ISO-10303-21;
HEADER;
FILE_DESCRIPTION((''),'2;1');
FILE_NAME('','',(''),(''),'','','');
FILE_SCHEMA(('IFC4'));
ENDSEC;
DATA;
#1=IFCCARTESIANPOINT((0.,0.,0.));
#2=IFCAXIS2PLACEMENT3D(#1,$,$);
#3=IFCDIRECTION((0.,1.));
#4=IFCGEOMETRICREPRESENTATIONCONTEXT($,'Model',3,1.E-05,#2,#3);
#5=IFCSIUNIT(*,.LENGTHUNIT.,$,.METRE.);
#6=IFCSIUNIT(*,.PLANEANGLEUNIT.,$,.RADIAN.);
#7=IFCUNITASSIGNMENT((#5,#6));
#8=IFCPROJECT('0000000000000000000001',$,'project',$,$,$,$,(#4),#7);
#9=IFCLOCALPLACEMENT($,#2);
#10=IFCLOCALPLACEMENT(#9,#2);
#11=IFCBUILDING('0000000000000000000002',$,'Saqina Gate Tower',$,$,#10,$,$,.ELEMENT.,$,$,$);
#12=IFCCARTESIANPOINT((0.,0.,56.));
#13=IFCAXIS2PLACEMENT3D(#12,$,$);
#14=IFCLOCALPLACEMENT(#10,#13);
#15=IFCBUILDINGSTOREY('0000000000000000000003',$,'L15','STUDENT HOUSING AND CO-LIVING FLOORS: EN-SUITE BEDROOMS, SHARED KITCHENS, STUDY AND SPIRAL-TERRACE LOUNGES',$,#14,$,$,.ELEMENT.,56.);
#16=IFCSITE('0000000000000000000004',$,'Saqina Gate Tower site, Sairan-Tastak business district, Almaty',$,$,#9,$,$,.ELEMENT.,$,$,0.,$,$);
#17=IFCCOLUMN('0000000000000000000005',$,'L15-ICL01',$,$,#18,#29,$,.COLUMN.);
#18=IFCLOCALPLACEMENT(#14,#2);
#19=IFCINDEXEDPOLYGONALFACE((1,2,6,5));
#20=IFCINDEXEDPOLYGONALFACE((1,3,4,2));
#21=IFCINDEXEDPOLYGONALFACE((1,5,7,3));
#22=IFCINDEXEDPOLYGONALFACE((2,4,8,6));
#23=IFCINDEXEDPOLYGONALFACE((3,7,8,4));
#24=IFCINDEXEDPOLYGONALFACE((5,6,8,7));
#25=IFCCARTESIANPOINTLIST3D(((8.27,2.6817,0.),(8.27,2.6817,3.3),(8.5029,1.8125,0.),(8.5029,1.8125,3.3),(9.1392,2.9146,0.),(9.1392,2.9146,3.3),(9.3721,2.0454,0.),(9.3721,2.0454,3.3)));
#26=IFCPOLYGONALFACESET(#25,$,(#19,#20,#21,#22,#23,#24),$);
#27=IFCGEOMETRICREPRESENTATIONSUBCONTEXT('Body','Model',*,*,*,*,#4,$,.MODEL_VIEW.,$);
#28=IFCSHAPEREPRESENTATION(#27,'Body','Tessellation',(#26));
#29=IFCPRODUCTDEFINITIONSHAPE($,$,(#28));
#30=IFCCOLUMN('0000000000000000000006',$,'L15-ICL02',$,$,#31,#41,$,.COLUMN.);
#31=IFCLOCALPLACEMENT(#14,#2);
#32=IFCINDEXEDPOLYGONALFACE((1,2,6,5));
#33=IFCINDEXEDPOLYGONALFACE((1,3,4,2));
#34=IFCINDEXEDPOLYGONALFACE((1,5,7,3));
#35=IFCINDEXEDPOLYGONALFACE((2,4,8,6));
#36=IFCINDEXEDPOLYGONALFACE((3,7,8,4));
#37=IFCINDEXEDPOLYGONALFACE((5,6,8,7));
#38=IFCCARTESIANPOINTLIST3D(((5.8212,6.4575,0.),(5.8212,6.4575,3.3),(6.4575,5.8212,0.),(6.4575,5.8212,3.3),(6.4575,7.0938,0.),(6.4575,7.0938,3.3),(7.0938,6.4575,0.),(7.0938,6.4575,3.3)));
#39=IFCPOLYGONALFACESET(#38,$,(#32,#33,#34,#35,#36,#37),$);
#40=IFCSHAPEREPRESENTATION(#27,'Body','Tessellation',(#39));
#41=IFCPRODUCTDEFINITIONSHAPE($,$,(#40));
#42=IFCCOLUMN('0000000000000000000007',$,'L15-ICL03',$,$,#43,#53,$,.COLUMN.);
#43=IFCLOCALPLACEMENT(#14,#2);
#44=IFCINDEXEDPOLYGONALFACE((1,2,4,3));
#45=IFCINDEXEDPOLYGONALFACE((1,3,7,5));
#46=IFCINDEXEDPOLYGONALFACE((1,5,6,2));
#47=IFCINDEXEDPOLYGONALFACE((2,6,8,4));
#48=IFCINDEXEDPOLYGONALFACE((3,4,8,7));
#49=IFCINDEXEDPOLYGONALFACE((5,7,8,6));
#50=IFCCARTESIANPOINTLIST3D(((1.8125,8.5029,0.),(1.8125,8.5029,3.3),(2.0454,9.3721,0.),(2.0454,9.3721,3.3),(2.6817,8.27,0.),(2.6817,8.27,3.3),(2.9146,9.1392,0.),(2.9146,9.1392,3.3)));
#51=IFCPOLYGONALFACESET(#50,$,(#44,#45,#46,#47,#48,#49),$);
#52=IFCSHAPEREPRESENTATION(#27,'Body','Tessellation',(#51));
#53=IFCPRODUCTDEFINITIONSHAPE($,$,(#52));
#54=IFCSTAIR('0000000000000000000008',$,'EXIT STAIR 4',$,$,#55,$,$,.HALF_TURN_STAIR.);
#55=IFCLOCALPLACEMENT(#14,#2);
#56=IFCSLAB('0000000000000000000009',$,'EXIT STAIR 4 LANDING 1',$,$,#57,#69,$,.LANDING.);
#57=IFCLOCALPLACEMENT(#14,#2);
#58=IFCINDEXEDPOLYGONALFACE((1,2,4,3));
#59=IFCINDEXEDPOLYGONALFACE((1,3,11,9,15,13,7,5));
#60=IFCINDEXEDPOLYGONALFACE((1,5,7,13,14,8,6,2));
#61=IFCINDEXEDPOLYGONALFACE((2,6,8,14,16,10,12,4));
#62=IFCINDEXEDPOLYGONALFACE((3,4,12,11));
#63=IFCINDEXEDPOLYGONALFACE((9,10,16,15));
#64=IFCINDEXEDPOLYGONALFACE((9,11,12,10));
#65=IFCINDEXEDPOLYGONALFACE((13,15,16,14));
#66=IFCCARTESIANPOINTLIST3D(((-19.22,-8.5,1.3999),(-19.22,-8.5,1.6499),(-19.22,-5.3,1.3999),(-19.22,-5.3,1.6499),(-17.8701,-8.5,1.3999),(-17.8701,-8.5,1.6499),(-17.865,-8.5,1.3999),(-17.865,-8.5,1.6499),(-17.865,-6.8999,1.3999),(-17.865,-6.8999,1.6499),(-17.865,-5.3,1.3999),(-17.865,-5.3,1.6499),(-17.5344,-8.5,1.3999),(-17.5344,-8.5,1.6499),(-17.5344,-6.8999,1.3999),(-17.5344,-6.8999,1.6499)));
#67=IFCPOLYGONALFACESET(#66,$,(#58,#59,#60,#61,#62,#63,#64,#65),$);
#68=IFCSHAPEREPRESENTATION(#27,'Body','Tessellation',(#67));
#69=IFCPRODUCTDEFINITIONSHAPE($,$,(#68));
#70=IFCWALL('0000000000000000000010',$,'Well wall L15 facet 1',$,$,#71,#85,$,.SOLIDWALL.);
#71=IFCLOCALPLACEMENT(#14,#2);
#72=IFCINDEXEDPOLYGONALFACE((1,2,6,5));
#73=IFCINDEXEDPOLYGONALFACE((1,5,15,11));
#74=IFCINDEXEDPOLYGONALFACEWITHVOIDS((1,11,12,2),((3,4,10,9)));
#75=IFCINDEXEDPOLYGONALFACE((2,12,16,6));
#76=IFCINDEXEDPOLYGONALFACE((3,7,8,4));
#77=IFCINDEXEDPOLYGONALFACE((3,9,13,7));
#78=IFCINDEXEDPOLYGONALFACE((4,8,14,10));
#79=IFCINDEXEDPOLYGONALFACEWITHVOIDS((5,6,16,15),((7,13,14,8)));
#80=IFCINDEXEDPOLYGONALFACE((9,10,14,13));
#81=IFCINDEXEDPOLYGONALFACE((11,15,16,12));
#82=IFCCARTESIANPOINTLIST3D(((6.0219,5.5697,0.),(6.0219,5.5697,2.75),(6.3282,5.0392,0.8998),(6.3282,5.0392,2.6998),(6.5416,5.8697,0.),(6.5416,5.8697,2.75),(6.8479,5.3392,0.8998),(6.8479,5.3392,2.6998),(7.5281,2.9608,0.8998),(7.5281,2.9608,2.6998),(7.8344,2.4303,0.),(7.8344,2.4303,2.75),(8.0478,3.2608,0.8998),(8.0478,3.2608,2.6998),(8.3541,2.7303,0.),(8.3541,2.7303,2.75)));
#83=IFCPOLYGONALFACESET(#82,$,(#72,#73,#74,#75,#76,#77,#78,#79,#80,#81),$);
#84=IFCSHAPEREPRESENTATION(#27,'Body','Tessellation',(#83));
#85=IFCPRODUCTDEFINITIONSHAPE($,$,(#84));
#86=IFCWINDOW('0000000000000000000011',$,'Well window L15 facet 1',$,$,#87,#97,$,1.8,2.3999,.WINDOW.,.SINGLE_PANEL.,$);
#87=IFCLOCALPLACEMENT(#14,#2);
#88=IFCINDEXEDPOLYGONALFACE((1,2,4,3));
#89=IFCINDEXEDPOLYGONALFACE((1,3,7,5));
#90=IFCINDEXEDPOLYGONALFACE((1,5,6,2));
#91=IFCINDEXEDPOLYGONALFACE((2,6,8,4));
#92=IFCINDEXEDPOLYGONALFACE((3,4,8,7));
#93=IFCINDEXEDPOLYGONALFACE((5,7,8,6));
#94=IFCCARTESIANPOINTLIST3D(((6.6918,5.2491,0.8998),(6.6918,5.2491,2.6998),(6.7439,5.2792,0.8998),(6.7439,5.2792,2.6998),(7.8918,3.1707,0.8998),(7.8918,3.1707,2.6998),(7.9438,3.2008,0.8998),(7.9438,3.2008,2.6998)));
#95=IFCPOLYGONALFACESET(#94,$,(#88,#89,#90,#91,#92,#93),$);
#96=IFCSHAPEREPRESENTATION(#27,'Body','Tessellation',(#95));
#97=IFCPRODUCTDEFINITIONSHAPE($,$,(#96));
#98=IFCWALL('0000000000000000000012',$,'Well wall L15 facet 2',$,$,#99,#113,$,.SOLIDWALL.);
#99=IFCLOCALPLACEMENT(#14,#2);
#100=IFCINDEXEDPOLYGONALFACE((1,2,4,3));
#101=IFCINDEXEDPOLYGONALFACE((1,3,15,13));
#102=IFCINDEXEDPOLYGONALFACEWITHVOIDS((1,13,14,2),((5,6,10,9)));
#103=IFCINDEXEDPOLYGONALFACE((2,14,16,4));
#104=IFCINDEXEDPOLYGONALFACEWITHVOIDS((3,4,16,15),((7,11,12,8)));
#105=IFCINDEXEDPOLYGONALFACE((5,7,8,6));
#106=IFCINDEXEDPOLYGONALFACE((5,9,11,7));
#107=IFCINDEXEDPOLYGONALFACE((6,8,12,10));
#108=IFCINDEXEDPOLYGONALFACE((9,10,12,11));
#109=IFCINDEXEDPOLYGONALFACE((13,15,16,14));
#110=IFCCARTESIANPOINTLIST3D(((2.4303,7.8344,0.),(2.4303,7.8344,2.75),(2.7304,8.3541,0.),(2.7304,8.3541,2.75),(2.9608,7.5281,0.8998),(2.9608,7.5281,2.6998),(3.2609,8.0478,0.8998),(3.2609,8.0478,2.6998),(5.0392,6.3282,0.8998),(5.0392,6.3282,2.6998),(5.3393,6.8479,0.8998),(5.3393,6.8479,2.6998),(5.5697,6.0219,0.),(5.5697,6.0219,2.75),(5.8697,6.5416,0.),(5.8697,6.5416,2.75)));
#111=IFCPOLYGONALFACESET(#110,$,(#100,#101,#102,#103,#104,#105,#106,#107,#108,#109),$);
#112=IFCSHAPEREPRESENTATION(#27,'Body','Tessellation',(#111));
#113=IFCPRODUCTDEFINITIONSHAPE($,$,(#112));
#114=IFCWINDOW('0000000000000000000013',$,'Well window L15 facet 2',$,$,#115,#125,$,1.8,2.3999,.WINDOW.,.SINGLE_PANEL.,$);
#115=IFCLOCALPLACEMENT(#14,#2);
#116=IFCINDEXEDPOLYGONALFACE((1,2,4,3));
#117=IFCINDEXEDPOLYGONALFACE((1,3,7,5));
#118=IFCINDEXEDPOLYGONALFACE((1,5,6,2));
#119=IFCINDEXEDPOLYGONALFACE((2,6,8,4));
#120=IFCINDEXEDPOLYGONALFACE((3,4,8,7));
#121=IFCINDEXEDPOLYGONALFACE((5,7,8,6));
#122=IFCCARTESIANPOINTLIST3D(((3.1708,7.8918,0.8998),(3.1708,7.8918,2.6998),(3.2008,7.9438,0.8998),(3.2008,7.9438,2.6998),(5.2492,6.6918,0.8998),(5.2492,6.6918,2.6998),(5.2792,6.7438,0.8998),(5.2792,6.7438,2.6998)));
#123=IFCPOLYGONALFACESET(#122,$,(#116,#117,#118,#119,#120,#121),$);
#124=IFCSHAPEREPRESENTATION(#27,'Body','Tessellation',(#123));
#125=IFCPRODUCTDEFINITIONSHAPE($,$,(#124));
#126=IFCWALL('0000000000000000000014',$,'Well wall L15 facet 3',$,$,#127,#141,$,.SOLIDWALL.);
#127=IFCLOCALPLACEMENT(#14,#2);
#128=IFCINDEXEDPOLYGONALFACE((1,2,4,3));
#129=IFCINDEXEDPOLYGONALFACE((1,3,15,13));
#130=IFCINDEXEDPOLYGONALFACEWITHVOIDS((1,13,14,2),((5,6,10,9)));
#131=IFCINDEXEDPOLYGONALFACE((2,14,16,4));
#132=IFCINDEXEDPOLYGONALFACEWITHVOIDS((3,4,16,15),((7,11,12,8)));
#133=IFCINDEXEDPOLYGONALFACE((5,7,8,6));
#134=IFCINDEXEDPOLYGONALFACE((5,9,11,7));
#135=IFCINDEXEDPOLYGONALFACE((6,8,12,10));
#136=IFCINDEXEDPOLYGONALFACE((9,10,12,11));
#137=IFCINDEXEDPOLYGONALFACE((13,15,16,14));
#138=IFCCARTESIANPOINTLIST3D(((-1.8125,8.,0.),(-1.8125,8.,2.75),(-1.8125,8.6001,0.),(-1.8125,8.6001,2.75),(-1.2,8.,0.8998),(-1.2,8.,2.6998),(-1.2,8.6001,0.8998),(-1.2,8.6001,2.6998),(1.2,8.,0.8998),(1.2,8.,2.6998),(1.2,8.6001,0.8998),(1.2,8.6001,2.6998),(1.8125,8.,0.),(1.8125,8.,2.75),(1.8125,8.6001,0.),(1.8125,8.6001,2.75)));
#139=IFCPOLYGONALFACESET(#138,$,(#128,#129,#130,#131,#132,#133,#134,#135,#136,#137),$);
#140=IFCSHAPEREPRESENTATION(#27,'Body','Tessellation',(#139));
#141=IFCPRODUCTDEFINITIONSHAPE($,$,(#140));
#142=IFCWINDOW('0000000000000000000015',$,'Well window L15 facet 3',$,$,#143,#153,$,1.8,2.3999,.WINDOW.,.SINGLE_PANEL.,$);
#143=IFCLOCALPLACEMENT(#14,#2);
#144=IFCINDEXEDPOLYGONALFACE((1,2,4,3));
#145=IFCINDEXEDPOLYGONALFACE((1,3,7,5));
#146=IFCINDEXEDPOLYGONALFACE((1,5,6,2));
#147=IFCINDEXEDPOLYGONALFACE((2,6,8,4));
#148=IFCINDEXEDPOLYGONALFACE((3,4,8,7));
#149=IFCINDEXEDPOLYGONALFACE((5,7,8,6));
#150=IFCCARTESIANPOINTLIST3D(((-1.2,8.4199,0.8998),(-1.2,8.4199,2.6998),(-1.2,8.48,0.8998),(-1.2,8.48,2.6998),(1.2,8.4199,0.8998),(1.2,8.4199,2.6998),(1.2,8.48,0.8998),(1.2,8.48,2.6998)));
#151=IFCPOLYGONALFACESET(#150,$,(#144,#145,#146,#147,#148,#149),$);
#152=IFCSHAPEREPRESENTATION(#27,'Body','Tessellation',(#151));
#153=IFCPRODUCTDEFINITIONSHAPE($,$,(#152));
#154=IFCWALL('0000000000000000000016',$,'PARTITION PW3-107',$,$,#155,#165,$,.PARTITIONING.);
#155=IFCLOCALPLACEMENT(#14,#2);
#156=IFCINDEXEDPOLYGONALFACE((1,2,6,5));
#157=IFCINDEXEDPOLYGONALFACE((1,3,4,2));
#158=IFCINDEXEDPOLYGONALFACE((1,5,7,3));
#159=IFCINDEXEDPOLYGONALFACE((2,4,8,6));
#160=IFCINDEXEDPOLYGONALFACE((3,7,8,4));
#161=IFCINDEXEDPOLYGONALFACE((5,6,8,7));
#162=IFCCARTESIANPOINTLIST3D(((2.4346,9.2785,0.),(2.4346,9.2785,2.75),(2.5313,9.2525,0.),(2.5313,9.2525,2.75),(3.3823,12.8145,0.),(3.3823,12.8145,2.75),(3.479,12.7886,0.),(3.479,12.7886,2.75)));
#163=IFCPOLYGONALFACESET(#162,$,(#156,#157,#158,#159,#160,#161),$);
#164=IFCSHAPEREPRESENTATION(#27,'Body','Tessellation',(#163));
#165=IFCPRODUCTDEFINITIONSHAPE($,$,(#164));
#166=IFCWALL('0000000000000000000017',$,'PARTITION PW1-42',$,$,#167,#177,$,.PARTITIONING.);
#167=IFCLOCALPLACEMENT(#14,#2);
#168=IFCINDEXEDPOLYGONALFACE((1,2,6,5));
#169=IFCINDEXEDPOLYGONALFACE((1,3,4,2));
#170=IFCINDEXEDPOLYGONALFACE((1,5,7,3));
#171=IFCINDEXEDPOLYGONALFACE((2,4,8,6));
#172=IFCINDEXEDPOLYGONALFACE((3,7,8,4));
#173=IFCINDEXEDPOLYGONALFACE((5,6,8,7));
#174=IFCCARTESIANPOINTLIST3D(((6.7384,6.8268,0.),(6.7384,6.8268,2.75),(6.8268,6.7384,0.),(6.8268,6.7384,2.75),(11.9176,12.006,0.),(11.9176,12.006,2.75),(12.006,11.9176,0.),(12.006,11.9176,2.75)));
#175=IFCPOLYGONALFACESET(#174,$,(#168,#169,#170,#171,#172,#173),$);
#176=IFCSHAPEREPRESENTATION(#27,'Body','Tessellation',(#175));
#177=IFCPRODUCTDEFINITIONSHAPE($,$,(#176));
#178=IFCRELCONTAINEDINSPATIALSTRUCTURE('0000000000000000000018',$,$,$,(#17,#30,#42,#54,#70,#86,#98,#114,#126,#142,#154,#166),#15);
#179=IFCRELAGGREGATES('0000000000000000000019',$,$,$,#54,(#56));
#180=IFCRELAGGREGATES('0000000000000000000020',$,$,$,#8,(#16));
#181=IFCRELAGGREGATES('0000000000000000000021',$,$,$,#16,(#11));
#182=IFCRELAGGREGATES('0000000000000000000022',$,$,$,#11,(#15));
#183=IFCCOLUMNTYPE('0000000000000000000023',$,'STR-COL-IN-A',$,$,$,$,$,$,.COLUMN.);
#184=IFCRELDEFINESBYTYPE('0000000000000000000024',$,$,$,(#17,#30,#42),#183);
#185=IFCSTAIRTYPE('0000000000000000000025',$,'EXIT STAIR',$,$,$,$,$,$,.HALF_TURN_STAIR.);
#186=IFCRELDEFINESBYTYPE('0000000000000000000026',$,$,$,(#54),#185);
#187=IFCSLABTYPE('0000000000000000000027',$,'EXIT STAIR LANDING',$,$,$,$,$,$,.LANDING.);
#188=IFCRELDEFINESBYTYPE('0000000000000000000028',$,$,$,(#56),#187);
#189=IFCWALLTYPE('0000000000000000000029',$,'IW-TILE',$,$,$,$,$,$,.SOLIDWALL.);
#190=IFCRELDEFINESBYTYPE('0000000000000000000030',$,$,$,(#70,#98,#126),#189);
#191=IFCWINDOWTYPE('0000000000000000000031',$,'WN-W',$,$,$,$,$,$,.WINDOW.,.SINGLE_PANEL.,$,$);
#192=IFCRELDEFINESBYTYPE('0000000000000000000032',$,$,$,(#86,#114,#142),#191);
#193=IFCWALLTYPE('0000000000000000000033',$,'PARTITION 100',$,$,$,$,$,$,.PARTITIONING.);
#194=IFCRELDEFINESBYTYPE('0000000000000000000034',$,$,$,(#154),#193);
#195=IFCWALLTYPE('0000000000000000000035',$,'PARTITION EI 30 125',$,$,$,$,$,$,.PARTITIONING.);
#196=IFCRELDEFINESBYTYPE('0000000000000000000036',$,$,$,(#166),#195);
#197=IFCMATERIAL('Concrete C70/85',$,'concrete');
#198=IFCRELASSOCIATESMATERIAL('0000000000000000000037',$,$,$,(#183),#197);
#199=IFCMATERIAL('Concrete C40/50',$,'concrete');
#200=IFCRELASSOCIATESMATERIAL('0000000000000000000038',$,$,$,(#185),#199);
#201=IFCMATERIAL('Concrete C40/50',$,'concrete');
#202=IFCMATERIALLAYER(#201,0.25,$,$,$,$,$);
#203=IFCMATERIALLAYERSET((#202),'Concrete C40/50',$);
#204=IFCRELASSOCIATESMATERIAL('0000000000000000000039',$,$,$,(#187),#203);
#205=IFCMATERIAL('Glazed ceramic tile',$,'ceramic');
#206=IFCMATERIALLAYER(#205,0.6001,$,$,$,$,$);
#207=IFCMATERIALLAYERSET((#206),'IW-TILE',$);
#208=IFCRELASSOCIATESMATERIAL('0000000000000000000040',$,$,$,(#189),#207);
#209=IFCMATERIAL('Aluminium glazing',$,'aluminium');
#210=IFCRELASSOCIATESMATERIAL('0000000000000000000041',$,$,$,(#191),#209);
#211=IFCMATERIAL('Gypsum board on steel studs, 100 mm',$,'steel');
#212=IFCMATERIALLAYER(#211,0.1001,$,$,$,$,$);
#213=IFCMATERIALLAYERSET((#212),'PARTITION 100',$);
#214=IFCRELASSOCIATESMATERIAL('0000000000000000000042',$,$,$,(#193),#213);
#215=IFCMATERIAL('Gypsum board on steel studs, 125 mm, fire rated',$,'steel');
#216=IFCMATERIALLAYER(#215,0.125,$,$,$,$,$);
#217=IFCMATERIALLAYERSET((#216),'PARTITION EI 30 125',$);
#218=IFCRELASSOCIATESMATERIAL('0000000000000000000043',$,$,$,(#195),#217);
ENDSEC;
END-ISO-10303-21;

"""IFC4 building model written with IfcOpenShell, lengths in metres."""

from ifc_helpers import new_model, si_unit, direction, frame, frame_2d, origin, origin_2d, place, context, subcontext, project, spatial, polyline, rectangle, outline, extrude, material, layer, layer_set, material_profile, profile_set, type_object, element, fill, aggregate, save


model = new_model("IFC4")

# Units and contexts
model_context = context("Model", 3, precision=1e-05, world=origin(), true_north=direction((0.0, 1.0)))
body_context = subcontext(model_context, "Body", "Model", "MODEL_VIEW")
ifc_project = project(units=[si_unit("LENGTHUNIT", "METRE"), si_unit("PLANEANGLEUNIT", "RADIAN")], contexts=[model_context])

# Site, building, storey
site_placement = place(None, origin())
site = spatial("IfcSite", under=ifc_project, at=site_placement, Name="Saqina Gate Tower site, Sairan-Tastak business district, Almaty", CompositionType="ELEMENT", RefElevation=0.0)
building_placement = place(site_placement, origin())
building = spatial("IfcBuilding", under=site, at=building_placement, Name="Saqina Gate Tower", CompositionType="ELEMENT")
storey_placement = place(building_placement, frame((0.0, 0.0, 56.0)))
storey = spatial("IfcBuildingStorey", under=building, at=storey_placement, Name="L15", Description="STUDENT HOUSING AND CO-LIVING FLOORS: EN-SUITE BEDROOMS, SHARED KITCHENS, STUDY AND SPIRAL-TERRACE LOUNGES", CompositionType="ELEMENT", Elevation=56.0)

# Columns
ifc_material_1 = material(Name="Concrete C70/85", Category="concrete")
ifc_material_profile = material_profile(ifc_material_1, rectangle(XDim=0.8999, YDim=0.8999, at=origin_2d()), Name="RC 900x900")
ifc_profile_set = profile_set([ifc_material_profile], Name="Concrete C70/85")
column_type = type_object("IfcColumnType", Name="STR-COL-IN-A", PredefinedType="COLUMN", material=ifc_profile_set)
for number, where, z_axis, x_axis, name in (
    (1, (8.821, 2.3635, 0.0), (0.0, 0.0, 1.0), (0.965926, 0.258819, 0.0), "L15-ICL01"),
    (2, (6.4575, 6.4575, 0.0), (0.0, 0.0, 1.0), (0.707107, 0.707107, 0.0), "L15-ICL02"),
    (3, (2.3635, 8.821, 0.0), (0.0, 0.0, 1.0), (0.258819, 0.965926, 0.0), "L15-ICL03"),
):
    element("IfcColumn", number, at=place(storey_placement, frame(where, z_axis=z_axis, x_axis=x_axis)), inside=storey, type_object=column_type, Name=name, PredefinedType="COLUMN", context=body_context, shape_type="SweptSolid", body=[
        extrude(rectangle(XDim=0.8999, YDim=0.8999, at=origin_2d()), origin(), (0.0, 0.0, 1.0), 3.3),
    ])

# Stair, slab
ifc_material_2 = material(Name="Concrete C40/50", Category="concrete")
stair_type = type_object("IfcStairType", Name="EXIT STAIR", PredefinedType="HALF_TURN_STAIR", material=ifc_material_2)
stair_placement = place(storey_placement, origin())
stair = element("IfcStair", 4, at=stair_placement, inside=storey, type_object=stair_type, Name="EXIT STAIR 4", PredefinedType="HALF_TURN_STAIR")
ifc_material_3 = material(Name="Concrete C40/50", Category="concrete")
ifc_layer_1 = layer(ifc_material_3, 0.25)
ifc_layer_set_1 = layer_set([ifc_layer_1], Name="Concrete C40/50")
slab_type = type_object("IfcSlabType", Name="EXIT STAIR LANDING", PredefinedType="LANDING", material=ifc_layer_set_1)
slab_placement = place(storey_placement, frame((0.0, 0.0, 1.3999)))
slab = element("IfcSlab", 5, at=slab_placement, type_object=slab_type, Name="EXIT STAIR 4 LANDING 1", PredefinedType="LANDING", context=body_context, shape_type="SweptSolid", body=[
    extrude(outline(polyline([(-17.5344, -6.8999), (-17.5344, -8.5), (-17.865, -8.5), (-17.8701, -8.5), (-19.22, -8.5), (-19.22, -5.3), (-17.865, -5.3), (-17.865, -6.8999), (-17.5344, -6.8999)])), origin(), (0.0, 0.0, 1.0), 0.25),
])
aggregate(stair, [slab])

# Walls, openings, windows
ifc_material_4 = material(Name="Glazed ceramic tile", Category="ceramic")
ifc_layer_2 = layer(ifc_material_4, 0.6001)
ifc_layer_set_2 = layer_set([ifc_layer_2], Name="IW-TILE")
wall_type_1 = type_object("IfcWallType", Name="IW-TILE", PredefinedType="SOLIDWALL", material=ifc_layer_set_2)
wall_1_placement = place(storey_placement, frame((8.0942, 2.5803, 0.0), z_axis=(0.0, 0.0, 1.0), x_axis=(-0.499993, 0.86603, 0.0)))
wall_1 = element("IfcWall", 6, at=wall_1_placement, inside=storey, type_object=wall_type_1, Name="Well wall L15 facet 1", PredefinedType="SOLIDWALL", context=body_context, shape_type="SweptSolid", body=[
    extrude(rectangle(XDim=3.625, YDim=0.6001, at=frame_2d((1.8125, 0.0))), origin(), (0.0, 0.0, 1.0), 2.75),
])
opening_1_placement = place(wall_1_placement, frame((0.6125, 0.0, 0.8999)))
opening_1 = element("IfcOpeningElement", 7, at=opening_1_placement, cuts=wall_1, PredefinedType="OPENING", context=body_context, shape_type="SweptSolid", body=[
    extrude(rectangle(XDim=2.3999, YDim=1.8, at=frame_2d((1.2, 0.8999))), frame((0.0, 0.312, 0.0), z_axis=(0.0, -1.0, 0.0), x_axis=(1.0, 0.0, 0.0)), (0.0, 0.0, 1.0), 0.624),
])
ifc_material_5 = material(Name="Aluminium glazing", Category="aluminium")
window_type = type_object("IfcWindowType", Name="WN-W", PartitioningType="SINGLE_PANEL", PredefinedType="WINDOW", material=ifc_material_5)
window_1_placement = place(opening_1_placement, origin())
window_1 = element("IfcWindow", 8, at=window_1_placement, inside=storey, type_object=window_type, Name="Well window L15 facet 1", OverallHeight=1.8, OverallWidth=2.3999, PartitioningType="SINGLE_PANEL", PredefinedType="WINDOW", context=body_context, shape_type="SweptSolid", body=[
    extrude(rectangle(XDim=2.3999, YDim=1.8, at=frame_2d((1.2, 0.8999))), frame((0.0, -0.1199, 0.0), z_axis=(0.0, -1.0, 0.0), x_axis=(1.0, 0.0, 0.0)), (0.0, 0.0, 1.0), 0.0601),
])
fill(opening_1, window_1)
wall_2_placement = place(storey_placement, frame((5.7197, 6.2817, 0.0), z_axis=(0.0, 0.0, 1.0), x_axis=(-0.86603, 0.499993, 0.0)))
wall_2 = element("IfcWall", 9, at=wall_2_placement, inside=storey, type_object=wall_type_1, Name="Well wall L15 facet 2", PredefinedType="SOLIDWALL", context=body_context, shape_type="SweptSolid", body=[
    extrude(rectangle(XDim=3.625, YDim=0.6001, at=frame_2d((1.8125, 0.0))), origin(), (0.0, 0.0, 1.0), 2.75),
])
opening_2_placement = place(wall_2_placement, frame((0.6125, 0.0, 0.8999)))
opening_2 = element("IfcOpeningElement", 10, at=opening_2_placement, cuts=wall_2, PredefinedType="OPENING", context=body_context, shape_type="SweptSolid", body=[
    extrude(rectangle(XDim=2.3999, YDim=1.8, at=frame_2d((1.2, 0.8999))), frame((0.0, 0.312, 0.0), z_axis=(0.0, -1.0, 0.0), x_axis=(1.0, 0.0, 0.0)), (0.0, 0.0, 1.0), 0.624),
])
window_2_placement = place(opening_2_placement, origin())
window_2 = element("IfcWindow", 11, at=window_2_placement, inside=storey, type_object=window_type, Name="Well window L15 facet 2", OverallHeight=1.8, OverallWidth=2.3999, PartitioningType="SINGLE_PANEL", PredefinedType="WINDOW", context=body_context, shape_type="SweptSolid", body=[
    extrude(rectangle(XDim=2.3999, YDim=1.8, at=frame_2d((1.2, 0.8999))), frame((0.0, -0.1199, 0.0), z_axis=(0.0, -1.0, 0.0), x_axis=(1.0, 0.0, 0.0)), (0.0, 0.0, 1.0), 0.0601),
])
fill(opening_2, window_2)
wall_3_placement = place(storey_placement, frame((1.8125, 8.3, 0.0), z_axis=(0.0, 0.0, 1.0), x_axis=(-1.0, 0.0, 0.0)))
wall_3 = element("IfcWall", 12, at=wall_3_placement, inside=storey, type_object=wall_type_1, Name="Well wall L15 facet 3", PredefinedType="SOLIDWALL", context=body_context, shape_type="SweptSolid", body=[
    extrude(rectangle(XDim=3.625, YDim=0.6001, at=frame_2d((1.8125, 0.0))), origin(), (0.0, 0.0, 1.0), 2.75),
])
opening_3_placement = place(wall_3_placement, frame((0.6125, 0.0, 0.8999)))
opening_3 = element("IfcOpeningElement", 13, at=opening_3_placement, cuts=wall_3, PredefinedType="OPENING", context=body_context, shape_type="SweptSolid", body=[
    extrude(rectangle(XDim=2.3999, YDim=1.8, at=frame_2d((1.2, 0.8999))), frame((0.0, 0.312, 0.0), z_axis=(0.0, -1.0, 0.0), x_axis=(1.0, 0.0, 0.0)), (0.0, 0.0, 1.0), 0.624),
])
window_3_placement = place(opening_3_placement, origin())
window_3 = element("IfcWindow", 14, at=window_3_placement, inside=storey, type_object=window_type, Name="Well window L15 facet 3", OverallHeight=1.8, OverallWidth=2.3999, PartitioningType="SINGLE_PANEL", PredefinedType="WINDOW", context=body_context, shape_type="SweptSolid", body=[
    extrude(rectangle(XDim=2.3999, YDim=1.8, at=frame_2d((1.2, 0.8999))), frame((0.0, -0.1199, 0.0), z_axis=(0.0, -1.0, 0.0), x_axis=(1.0, 0.0, 0.0)), (0.0, 0.0, 1.0), 0.0601),
])
fill(opening_3, window_3)

# Walls
ifc_material_6 = material(Name="Gypsum board on steel studs, 100 mm", Category="steel")
ifc_layer_3 = layer(ifc_material_6, 0.1001)
ifc_layer_set_3 = layer_set([ifc_layer_3], Name="PARTITION 100")
wall_type_2 = type_object("IfcWallType", Name="PARTITION 100", PredefinedType="PARTITIONING", material=ifc_layer_set_3)
wall_4_placement = place(storey_placement, frame((2.4829, 9.2654, 0.0), z_axis=(0.0, 0.0, 1.0), x_axis=(0.258883, 0.965909, 0.0)))
element("IfcWall", 15, at=wall_4_placement, inside=storey, type_object=wall_type_2, Name="PARTITION PW3-107", PredefinedType="PARTITIONING", context=body_context, shape_type="SweptSolid", body=[
    extrude(rectangle(XDim=3.6609, YDim=0.1001, at=frame_2d((1.8306, 0.0))), origin(), (0.0, 0.0, 1.0), 2.75),
])
ifc_material_7 = material(Name="Gypsum board on steel studs, 125 mm, fire rated", Category="steel")
ifc_layer_4 = layer(ifc_material_7, 0.125)
ifc_layer_set_4 = layer_set([ifc_layer_4], Name="PARTITION EI 30 125")
wall_type_3 = type_object("IfcWallType", Name="PARTITION EI 30 125", PredefinedType="PARTITIONING", material=ifc_layer_set_4)
wall_5_placement = place(storey_placement, frame((6.7827, 6.7827, 0.0), z_axis=(0.0, 0.0, 1.0), x_axis=(0.707107, 0.707107, 0.0)))
element("IfcWall", 16, at=wall_5_placement, inside=storey, type_object=wall_type_3, Name="PARTITION PW1-42", PredefinedType="PARTITIONING", context=body_context, shape_type="SweptSolid", body=[
    extrude(rectangle(XDim=7.3245, YDim=0.125, at=frame_2d((3.6621, 0.0))), origin(), (0.0, 0.0, 1.0), 2.75),
])

save(model, "model.ifc")
